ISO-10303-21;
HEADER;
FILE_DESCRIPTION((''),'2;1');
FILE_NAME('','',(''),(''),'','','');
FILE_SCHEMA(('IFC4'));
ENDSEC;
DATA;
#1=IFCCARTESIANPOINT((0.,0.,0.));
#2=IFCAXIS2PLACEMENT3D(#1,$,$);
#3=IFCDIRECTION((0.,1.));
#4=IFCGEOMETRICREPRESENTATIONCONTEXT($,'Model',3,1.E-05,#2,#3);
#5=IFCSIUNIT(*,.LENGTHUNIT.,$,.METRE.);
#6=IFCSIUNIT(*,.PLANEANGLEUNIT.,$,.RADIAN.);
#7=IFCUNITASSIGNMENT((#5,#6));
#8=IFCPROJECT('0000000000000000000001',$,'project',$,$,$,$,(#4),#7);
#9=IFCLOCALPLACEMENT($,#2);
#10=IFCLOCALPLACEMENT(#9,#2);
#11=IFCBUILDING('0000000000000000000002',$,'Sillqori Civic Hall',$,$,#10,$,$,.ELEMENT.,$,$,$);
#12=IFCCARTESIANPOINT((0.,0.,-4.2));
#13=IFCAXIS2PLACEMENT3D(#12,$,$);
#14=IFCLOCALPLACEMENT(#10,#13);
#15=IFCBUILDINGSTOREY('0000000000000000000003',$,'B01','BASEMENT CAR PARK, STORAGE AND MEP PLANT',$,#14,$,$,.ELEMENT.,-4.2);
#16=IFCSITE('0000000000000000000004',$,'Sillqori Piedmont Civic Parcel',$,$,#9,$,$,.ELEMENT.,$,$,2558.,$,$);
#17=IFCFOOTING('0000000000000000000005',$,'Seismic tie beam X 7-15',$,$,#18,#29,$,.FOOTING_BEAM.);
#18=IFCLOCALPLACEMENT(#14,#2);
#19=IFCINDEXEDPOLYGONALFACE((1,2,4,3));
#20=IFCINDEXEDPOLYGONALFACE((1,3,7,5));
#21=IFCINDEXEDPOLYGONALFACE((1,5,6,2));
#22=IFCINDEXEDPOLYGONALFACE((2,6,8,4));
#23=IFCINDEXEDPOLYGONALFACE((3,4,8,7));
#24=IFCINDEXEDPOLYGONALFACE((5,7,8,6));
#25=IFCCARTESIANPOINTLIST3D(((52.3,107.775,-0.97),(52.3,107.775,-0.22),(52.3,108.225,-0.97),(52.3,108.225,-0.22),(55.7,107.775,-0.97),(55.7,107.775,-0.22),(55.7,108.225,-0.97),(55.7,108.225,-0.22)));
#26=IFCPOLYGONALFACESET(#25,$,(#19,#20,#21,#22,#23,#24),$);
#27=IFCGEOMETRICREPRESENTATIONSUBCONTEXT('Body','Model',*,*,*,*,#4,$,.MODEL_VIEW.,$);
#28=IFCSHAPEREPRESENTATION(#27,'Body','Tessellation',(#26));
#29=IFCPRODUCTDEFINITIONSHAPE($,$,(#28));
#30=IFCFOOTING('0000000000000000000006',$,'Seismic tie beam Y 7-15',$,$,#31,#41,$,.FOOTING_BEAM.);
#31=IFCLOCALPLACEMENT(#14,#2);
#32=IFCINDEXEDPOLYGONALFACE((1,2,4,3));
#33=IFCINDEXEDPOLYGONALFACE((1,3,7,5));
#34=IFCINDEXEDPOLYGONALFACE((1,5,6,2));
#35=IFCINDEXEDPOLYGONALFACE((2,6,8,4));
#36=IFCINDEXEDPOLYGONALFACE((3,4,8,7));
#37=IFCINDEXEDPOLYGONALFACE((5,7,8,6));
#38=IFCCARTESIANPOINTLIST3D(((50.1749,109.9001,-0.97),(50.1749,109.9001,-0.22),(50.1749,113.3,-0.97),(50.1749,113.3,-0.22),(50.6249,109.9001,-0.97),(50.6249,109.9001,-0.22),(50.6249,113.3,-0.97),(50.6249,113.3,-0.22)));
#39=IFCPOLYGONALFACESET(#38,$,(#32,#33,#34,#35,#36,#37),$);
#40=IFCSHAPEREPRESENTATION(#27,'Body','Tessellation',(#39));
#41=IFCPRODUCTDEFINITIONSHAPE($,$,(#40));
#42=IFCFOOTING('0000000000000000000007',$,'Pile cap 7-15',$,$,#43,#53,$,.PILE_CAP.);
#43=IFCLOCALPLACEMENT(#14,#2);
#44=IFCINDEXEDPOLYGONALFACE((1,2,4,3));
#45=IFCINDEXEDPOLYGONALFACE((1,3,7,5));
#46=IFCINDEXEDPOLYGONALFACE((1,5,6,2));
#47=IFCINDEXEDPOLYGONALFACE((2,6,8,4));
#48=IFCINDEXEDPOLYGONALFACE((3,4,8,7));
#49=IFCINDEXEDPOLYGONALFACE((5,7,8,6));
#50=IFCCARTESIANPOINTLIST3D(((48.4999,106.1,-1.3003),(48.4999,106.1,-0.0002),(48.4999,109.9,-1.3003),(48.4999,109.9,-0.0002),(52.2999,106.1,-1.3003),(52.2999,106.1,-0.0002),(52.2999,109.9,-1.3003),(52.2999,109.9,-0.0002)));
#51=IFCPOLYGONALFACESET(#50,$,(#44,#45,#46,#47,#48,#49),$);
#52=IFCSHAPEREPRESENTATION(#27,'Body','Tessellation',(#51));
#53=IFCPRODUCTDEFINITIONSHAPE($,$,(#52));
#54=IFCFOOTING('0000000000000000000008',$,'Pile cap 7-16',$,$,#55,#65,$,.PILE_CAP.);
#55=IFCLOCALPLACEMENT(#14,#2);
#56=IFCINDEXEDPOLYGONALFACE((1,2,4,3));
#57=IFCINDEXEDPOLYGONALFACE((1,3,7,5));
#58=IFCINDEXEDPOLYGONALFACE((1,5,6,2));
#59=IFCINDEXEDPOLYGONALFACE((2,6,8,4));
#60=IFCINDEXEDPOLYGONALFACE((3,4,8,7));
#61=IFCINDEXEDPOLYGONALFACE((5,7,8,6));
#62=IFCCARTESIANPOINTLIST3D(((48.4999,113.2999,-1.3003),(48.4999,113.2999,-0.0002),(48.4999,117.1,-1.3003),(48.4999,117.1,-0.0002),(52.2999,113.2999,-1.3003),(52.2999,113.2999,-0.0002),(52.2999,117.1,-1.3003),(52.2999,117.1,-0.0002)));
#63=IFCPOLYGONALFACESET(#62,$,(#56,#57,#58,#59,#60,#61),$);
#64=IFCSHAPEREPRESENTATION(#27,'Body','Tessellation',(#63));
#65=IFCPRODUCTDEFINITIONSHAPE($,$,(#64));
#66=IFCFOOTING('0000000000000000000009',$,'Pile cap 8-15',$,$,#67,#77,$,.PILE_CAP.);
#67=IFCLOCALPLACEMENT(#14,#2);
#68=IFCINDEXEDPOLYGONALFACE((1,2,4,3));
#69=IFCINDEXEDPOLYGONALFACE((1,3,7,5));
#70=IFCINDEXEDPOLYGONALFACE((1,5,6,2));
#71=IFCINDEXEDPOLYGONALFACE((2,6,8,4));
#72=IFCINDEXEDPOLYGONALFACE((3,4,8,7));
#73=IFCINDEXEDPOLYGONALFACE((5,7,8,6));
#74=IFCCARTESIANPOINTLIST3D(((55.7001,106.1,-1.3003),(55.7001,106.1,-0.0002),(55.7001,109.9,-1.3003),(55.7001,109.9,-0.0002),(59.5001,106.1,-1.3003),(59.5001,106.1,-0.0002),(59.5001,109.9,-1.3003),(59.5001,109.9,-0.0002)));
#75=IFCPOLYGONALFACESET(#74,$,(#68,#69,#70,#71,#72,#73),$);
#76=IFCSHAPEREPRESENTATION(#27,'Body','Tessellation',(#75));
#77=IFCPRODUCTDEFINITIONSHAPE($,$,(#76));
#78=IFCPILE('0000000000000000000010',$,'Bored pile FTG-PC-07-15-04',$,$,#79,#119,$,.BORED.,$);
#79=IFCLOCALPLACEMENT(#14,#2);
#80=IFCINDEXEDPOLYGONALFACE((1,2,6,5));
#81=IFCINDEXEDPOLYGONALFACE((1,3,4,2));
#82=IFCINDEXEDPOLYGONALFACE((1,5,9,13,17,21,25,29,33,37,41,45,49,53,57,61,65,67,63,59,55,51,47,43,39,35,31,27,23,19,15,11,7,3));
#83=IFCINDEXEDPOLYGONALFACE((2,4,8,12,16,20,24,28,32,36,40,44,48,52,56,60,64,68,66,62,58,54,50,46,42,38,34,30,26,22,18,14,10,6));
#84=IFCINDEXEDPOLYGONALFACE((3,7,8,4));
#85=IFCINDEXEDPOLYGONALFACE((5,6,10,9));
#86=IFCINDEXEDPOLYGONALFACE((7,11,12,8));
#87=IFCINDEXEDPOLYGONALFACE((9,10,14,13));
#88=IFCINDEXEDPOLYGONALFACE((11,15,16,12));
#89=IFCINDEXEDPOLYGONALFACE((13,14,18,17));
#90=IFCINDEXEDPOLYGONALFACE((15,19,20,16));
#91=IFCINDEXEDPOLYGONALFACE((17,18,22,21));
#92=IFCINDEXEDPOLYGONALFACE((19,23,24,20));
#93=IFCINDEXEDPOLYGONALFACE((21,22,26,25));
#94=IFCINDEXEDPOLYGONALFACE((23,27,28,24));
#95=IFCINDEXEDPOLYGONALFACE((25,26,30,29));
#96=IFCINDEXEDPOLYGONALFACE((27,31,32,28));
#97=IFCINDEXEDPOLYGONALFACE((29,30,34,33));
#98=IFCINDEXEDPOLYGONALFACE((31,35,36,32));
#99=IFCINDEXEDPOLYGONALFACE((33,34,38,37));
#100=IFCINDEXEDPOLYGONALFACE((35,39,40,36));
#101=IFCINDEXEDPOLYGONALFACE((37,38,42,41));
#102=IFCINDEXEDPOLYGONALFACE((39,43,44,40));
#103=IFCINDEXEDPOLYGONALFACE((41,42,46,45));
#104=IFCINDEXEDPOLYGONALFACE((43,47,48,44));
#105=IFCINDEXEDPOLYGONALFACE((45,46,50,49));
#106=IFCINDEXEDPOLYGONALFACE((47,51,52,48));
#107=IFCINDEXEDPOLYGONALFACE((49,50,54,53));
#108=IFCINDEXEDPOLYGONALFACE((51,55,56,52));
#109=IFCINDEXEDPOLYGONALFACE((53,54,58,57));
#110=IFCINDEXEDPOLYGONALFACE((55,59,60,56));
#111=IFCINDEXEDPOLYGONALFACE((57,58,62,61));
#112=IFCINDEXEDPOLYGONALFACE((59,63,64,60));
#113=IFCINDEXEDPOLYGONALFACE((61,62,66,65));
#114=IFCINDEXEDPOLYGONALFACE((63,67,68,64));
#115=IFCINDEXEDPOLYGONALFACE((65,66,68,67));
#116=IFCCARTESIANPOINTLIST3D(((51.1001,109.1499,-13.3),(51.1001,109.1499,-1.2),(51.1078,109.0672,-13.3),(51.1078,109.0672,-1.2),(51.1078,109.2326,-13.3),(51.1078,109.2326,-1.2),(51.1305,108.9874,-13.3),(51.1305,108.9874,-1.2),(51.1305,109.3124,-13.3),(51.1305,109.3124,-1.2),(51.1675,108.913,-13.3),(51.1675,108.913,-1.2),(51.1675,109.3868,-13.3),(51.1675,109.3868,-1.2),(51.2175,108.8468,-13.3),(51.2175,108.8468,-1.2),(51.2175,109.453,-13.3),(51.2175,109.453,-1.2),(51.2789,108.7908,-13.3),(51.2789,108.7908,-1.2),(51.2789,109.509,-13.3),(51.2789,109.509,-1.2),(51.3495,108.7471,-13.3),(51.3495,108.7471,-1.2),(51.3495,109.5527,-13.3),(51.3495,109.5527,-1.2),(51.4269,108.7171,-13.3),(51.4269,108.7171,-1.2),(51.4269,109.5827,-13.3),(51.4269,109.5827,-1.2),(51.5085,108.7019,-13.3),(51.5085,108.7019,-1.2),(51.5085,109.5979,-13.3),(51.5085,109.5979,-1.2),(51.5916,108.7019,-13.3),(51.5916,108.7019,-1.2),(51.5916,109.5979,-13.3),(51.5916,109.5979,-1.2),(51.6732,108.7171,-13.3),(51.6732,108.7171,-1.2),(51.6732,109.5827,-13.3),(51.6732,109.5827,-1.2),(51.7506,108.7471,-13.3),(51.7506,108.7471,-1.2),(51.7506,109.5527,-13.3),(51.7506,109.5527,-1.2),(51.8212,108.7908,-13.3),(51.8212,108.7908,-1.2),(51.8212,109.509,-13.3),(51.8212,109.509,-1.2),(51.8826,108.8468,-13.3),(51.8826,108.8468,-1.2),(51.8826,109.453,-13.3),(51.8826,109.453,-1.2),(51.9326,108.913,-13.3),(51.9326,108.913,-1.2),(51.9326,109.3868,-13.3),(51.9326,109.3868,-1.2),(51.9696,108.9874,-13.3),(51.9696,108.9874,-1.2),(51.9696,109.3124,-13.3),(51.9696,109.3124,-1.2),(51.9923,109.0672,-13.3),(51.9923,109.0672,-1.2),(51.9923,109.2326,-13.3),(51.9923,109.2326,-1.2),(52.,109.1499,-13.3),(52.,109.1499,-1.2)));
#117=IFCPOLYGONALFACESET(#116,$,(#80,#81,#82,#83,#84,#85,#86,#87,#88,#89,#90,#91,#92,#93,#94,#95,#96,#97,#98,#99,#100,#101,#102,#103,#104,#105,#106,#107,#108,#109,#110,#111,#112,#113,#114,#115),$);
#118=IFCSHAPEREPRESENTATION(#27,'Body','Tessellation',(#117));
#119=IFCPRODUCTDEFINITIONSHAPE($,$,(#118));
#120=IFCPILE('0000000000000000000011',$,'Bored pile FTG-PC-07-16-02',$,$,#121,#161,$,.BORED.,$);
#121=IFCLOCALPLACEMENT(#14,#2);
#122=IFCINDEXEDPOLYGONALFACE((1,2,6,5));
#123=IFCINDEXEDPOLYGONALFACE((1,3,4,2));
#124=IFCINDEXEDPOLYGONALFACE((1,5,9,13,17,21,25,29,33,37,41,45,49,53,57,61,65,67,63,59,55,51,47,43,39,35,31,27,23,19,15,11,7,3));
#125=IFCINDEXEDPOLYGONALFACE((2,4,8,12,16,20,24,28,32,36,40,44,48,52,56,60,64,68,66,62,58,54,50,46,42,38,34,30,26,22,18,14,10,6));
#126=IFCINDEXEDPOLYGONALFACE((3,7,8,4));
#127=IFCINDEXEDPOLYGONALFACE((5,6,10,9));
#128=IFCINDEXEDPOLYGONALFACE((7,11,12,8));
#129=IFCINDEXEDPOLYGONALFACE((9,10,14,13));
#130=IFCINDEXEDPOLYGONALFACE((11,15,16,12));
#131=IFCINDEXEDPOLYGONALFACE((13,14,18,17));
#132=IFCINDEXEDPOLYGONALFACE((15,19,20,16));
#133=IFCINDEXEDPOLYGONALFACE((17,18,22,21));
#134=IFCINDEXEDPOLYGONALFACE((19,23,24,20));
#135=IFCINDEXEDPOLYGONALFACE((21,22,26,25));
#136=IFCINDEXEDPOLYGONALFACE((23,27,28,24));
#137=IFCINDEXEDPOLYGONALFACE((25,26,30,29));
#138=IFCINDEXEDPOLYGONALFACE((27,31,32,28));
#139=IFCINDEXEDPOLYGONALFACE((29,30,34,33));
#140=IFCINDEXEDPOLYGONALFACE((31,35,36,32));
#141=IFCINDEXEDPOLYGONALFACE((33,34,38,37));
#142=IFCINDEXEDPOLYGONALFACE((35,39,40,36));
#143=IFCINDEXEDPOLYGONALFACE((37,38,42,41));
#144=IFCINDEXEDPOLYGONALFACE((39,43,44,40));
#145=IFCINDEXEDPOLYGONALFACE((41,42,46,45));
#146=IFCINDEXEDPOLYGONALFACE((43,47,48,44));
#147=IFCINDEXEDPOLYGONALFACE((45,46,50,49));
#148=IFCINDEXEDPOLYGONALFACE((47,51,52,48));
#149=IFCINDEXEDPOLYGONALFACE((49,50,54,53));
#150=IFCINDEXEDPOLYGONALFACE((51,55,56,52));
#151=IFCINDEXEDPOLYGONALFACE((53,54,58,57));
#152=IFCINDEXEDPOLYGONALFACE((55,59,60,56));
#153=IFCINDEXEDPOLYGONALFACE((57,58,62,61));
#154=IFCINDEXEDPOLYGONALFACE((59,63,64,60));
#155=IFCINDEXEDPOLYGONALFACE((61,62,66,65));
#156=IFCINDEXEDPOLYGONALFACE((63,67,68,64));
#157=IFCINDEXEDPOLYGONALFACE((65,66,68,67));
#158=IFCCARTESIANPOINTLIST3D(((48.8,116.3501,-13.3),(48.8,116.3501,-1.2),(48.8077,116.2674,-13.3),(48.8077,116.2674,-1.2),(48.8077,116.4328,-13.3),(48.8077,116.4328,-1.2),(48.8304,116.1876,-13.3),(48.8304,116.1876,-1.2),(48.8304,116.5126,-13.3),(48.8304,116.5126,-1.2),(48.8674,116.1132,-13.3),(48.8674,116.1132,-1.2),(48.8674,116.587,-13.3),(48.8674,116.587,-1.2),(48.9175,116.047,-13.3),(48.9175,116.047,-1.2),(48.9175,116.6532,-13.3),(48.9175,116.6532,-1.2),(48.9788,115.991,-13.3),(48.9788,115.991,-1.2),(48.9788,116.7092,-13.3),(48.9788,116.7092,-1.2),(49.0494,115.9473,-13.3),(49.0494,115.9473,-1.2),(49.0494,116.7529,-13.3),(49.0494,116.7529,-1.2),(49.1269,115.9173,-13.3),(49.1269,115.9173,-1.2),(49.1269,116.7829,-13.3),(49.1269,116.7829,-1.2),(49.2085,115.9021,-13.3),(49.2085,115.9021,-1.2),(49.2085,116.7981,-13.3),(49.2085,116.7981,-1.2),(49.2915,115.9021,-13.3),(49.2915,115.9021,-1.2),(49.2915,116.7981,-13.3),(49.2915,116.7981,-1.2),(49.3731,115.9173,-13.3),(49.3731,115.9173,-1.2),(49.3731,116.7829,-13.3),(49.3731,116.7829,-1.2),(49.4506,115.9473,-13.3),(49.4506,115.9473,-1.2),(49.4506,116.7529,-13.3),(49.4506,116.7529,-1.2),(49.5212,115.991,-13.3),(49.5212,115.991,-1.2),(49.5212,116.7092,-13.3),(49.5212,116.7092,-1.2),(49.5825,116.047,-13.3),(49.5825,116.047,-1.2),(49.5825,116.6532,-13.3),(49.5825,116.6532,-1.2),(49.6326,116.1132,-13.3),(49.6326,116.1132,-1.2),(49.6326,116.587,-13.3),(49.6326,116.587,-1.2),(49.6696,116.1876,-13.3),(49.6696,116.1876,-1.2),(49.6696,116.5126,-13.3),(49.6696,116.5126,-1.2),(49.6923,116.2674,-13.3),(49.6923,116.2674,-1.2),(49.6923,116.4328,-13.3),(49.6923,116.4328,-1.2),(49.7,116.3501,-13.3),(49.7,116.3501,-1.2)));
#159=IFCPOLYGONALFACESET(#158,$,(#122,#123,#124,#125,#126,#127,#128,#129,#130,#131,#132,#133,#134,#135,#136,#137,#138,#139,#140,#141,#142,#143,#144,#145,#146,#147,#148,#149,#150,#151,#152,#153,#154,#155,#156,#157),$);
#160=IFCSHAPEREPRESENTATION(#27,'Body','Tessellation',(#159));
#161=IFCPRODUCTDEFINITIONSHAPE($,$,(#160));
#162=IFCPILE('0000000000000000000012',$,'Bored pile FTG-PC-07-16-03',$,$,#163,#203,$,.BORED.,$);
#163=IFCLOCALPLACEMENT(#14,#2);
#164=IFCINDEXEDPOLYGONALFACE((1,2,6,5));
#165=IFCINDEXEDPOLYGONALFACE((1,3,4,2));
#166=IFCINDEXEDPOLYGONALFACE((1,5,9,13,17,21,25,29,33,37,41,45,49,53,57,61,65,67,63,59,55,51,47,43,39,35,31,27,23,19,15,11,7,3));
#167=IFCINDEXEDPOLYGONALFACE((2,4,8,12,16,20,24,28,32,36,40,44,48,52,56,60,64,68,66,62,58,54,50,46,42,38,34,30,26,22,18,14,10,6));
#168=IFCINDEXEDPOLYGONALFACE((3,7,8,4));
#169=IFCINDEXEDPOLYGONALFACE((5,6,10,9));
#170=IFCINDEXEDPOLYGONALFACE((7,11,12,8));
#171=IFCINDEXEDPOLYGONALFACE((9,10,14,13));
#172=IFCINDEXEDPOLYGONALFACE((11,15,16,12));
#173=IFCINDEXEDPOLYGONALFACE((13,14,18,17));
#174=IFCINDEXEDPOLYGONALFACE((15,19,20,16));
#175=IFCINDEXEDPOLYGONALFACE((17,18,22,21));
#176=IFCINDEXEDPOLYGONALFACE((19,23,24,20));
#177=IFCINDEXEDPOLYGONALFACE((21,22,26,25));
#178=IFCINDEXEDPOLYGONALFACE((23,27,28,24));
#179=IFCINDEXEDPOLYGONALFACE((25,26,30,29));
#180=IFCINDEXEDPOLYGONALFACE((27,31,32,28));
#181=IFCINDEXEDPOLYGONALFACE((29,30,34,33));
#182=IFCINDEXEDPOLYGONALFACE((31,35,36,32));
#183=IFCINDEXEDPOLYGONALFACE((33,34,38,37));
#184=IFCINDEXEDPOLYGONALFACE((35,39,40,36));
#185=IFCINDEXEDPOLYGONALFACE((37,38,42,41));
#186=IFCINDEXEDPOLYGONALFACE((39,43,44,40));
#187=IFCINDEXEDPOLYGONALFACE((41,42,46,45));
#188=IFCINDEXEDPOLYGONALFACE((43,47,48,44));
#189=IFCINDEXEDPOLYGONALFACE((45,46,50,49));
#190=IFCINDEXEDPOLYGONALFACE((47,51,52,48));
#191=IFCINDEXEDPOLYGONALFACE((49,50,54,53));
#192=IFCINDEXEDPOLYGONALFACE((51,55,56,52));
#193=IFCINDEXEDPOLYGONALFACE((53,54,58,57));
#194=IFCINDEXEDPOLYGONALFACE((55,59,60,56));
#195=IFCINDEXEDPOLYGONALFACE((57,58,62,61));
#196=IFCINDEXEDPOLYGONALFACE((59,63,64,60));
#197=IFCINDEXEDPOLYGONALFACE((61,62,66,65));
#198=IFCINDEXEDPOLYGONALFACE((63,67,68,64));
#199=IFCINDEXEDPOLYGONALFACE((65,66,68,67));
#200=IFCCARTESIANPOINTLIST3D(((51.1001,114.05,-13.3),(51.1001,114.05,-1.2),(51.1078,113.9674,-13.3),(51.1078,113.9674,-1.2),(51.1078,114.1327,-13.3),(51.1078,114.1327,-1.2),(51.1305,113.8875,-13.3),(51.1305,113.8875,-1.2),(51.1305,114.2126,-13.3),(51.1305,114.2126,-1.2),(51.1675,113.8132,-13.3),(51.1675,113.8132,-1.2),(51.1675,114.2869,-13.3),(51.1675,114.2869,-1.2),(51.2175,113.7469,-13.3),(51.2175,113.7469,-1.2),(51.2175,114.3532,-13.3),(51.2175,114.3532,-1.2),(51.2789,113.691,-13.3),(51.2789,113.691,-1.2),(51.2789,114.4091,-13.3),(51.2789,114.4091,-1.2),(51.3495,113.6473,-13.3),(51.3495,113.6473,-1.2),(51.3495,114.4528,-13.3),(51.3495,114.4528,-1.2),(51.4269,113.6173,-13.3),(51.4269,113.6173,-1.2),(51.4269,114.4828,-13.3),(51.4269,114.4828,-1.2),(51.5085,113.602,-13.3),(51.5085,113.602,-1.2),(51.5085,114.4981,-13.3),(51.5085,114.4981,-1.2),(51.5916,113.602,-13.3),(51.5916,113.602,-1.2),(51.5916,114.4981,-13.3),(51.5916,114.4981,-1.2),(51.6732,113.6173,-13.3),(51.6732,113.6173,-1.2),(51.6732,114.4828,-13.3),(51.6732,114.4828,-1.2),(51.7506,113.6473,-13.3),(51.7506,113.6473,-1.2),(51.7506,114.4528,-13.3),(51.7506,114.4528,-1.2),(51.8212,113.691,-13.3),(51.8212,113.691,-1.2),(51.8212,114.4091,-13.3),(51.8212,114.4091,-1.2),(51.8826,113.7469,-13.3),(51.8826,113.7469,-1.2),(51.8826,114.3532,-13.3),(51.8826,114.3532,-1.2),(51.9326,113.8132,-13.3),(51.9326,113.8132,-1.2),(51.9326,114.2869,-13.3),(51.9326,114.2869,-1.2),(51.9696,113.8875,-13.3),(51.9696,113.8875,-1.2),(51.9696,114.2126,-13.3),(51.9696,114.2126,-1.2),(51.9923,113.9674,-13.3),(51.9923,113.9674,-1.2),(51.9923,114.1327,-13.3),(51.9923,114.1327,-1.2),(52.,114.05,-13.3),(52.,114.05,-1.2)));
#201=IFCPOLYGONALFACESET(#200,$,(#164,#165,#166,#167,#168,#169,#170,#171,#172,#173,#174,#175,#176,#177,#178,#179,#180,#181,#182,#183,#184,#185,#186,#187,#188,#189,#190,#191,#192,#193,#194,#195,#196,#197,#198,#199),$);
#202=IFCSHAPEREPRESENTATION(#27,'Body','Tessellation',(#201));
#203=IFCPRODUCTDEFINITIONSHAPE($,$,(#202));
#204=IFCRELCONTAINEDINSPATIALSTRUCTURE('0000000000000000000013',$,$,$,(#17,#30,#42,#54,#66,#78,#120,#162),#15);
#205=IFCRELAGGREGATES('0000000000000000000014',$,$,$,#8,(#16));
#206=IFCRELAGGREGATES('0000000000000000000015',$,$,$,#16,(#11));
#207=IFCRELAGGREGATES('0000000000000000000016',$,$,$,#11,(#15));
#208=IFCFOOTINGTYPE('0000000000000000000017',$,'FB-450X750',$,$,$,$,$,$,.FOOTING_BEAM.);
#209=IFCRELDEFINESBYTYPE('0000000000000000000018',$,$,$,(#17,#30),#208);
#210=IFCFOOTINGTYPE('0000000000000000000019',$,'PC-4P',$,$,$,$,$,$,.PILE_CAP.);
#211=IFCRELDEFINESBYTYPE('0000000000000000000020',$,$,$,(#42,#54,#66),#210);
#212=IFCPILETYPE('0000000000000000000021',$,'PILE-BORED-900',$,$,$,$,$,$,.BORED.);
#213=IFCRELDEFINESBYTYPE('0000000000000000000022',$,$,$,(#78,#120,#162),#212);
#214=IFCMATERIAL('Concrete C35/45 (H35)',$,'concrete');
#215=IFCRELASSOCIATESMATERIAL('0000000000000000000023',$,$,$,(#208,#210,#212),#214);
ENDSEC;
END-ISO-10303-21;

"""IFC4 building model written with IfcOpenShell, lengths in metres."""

from ifc_helpers import new_model, si_unit, direction, frame, origin, origin_2d, place, context, subcontext, project, spatial, rectangle, circle, extrude, material, material_profile, profile_set, type_object, element, save


model = new_model("IFC4")

# Units and contexts
model_context = context("Model", 3, precision=1e-05, world=origin(), true_north=direction((0.0, 1.0)))
body_context = subcontext(model_context, "Body", "Model", "MODEL_VIEW")
ifc_project = project(units=[si_unit("LENGTHUNIT", "METRE"), si_unit("PLANEANGLEUNIT", "RADIAN")], contexts=[model_context])

# Site, building, storey
site_placement = place(None, origin())
site = spatial("IfcSite", under=ifc_project, at=site_placement, Name="Sillqori Piedmont Civic Parcel", CompositionType="ELEMENT", RefElevation=2558.0)
building_placement = place(site_placement, origin())
building = spatial("IfcBuilding", under=site, at=building_placement, Name="Sillqori Civic Hall", CompositionType="ELEMENT")
storey_placement = place(building_placement, frame((0.0, 0.0, -4.2)))
storey = spatial("IfcBuildingStorey", under=building, at=storey_placement, Name="B01", Description="BASEMENT CAR PARK, STORAGE AND MEP PLANT", CompositionType="ELEMENT", Elevation=-4.2)

# Footings
ifc_material_1 = material(Name="Concrete C35/45 (H35)", Category="concrete")
footing_type_1 = type_object("IfcFootingType", Name="FB-450X750", PredefinedType="FOOTING_BEAM", material=ifc_material_1)
footing_1_placement = place(storey_placement, frame((54.0, 108.0, -0.97), z_axis=(0.0, 0.0, 1.0), x_axis=(1.0, 0.0, 0.0)))
element("IfcFooting", 1, at=footing_1_placement, inside=storey, type_object=footing_type_1, Name="Seismic tie beam X 7-15", PredefinedType="FOOTING_BEAM", context=body_context, shape_type="SweptSolid", body=[
    extrude(rectangle(XDim=3.3999, YDim=0.45, at=origin_2d()), origin(), (0.0, 0.0, 1.0), 0.75),
])
footing_2_placement = place(storey_placement, frame((50.3999, 111.6001, -0.97), z_axis=(0.0, 0.0, 1.0), x_axis=(1.0, 0.0, 0.0)))
element("IfcFooting", 2, at=footing_2_placement, inside=storey, type_object=footing_type_1, Name="Seismic tie beam Y 7-15", PredefinedType="FOOTING_BEAM", context=body_context, shape_type="SweptSolid", body=[
    extrude(rectangle(XDim=0.45, YDim=3.3999, at=origin_2d()), origin(), (0.0, 0.0, 1.0), 0.75),
])
footing_type_2 = type_object("IfcFootingType", Name="PC-4P", PredefinedType="PILE_CAP", material=ifc_material_1)
for number, where, z_axis, x_axis, name in (
    (3, (50.3999, 108.0, -1.3003), (0.0, 0.0, 1.0), (1.0, 0.0, 0.0), "Pile cap 7-15"),
    (4, (50.3999, 115.2, -1.3003), (0.0, 0.0, 1.0), (1.0, 0.0, 0.0), "Pile cap 7-16"),
    (5, (57.6001, 108.0, -1.3003), (0.0, 0.0, 1.0), (1.0, 0.0, 0.0), "Pile cap 8-15"),
):
    element("IfcFooting", number, at=place(storey_placement, frame(where, z_axis=z_axis, x_axis=x_axis)), inside=storey, type_object=footing_type_2, Name=name, PredefinedType="PILE_CAP", context=body_context, shape_type="SweptSolid", body=[
        extrude(rectangle(XDim=3.8, YDim=3.8, at=origin_2d()), origin(), (0.0, 0.0, 1.0), 1.3),
    ])

# Piles
ifc_material_profile_1 = material_profile(ifc_material_1, circle(Radius=0.45, at=origin_2d()), Name="BORED PILE 900")
ifc_profile_set_1 = profile_set([ifc_material_profile_1], Name="Concrete C35/45 (H35)")
pile_type = type_object("IfcPileType", Name="PILE-BORED-900", PredefinedType="BORED", material=ifc_profile_set_1)
for number, where, z_axis, x_axis, name in (
    (6, (51.55, 109.1499, -1.2), (0.0, 0.0, -1.0), (1.0, 0.0, 0.0), "Bored pile FTG-PC-07-15-04"),
    (7, (49.25, 116.3501, -1.2), (0.0, 0.0, -1.0), (1.0, 0.0, 0.0), "Bored pile FTG-PC-07-16-02"),
    (8, (51.55, 114.05, -1.2), (0.0, 0.0, -1.0), (1.0, 0.0, 0.0), "Bored pile FTG-PC-07-16-03"),
):
    element("IfcPile", number, at=place(storey_placement, frame(where, z_axis=z_axis, x_axis=x_axis)), inside=storey, type_object=pile_type, Name=name, PredefinedType="BORED", context=body_context, shape_type="SweptSolid", body=[
        extrude(circle(Radius=0.45, at=origin_2d()), origin(), (0.0, 0.0, 1.0), 12.1001),
    ])

save(model, "model.ifc")
